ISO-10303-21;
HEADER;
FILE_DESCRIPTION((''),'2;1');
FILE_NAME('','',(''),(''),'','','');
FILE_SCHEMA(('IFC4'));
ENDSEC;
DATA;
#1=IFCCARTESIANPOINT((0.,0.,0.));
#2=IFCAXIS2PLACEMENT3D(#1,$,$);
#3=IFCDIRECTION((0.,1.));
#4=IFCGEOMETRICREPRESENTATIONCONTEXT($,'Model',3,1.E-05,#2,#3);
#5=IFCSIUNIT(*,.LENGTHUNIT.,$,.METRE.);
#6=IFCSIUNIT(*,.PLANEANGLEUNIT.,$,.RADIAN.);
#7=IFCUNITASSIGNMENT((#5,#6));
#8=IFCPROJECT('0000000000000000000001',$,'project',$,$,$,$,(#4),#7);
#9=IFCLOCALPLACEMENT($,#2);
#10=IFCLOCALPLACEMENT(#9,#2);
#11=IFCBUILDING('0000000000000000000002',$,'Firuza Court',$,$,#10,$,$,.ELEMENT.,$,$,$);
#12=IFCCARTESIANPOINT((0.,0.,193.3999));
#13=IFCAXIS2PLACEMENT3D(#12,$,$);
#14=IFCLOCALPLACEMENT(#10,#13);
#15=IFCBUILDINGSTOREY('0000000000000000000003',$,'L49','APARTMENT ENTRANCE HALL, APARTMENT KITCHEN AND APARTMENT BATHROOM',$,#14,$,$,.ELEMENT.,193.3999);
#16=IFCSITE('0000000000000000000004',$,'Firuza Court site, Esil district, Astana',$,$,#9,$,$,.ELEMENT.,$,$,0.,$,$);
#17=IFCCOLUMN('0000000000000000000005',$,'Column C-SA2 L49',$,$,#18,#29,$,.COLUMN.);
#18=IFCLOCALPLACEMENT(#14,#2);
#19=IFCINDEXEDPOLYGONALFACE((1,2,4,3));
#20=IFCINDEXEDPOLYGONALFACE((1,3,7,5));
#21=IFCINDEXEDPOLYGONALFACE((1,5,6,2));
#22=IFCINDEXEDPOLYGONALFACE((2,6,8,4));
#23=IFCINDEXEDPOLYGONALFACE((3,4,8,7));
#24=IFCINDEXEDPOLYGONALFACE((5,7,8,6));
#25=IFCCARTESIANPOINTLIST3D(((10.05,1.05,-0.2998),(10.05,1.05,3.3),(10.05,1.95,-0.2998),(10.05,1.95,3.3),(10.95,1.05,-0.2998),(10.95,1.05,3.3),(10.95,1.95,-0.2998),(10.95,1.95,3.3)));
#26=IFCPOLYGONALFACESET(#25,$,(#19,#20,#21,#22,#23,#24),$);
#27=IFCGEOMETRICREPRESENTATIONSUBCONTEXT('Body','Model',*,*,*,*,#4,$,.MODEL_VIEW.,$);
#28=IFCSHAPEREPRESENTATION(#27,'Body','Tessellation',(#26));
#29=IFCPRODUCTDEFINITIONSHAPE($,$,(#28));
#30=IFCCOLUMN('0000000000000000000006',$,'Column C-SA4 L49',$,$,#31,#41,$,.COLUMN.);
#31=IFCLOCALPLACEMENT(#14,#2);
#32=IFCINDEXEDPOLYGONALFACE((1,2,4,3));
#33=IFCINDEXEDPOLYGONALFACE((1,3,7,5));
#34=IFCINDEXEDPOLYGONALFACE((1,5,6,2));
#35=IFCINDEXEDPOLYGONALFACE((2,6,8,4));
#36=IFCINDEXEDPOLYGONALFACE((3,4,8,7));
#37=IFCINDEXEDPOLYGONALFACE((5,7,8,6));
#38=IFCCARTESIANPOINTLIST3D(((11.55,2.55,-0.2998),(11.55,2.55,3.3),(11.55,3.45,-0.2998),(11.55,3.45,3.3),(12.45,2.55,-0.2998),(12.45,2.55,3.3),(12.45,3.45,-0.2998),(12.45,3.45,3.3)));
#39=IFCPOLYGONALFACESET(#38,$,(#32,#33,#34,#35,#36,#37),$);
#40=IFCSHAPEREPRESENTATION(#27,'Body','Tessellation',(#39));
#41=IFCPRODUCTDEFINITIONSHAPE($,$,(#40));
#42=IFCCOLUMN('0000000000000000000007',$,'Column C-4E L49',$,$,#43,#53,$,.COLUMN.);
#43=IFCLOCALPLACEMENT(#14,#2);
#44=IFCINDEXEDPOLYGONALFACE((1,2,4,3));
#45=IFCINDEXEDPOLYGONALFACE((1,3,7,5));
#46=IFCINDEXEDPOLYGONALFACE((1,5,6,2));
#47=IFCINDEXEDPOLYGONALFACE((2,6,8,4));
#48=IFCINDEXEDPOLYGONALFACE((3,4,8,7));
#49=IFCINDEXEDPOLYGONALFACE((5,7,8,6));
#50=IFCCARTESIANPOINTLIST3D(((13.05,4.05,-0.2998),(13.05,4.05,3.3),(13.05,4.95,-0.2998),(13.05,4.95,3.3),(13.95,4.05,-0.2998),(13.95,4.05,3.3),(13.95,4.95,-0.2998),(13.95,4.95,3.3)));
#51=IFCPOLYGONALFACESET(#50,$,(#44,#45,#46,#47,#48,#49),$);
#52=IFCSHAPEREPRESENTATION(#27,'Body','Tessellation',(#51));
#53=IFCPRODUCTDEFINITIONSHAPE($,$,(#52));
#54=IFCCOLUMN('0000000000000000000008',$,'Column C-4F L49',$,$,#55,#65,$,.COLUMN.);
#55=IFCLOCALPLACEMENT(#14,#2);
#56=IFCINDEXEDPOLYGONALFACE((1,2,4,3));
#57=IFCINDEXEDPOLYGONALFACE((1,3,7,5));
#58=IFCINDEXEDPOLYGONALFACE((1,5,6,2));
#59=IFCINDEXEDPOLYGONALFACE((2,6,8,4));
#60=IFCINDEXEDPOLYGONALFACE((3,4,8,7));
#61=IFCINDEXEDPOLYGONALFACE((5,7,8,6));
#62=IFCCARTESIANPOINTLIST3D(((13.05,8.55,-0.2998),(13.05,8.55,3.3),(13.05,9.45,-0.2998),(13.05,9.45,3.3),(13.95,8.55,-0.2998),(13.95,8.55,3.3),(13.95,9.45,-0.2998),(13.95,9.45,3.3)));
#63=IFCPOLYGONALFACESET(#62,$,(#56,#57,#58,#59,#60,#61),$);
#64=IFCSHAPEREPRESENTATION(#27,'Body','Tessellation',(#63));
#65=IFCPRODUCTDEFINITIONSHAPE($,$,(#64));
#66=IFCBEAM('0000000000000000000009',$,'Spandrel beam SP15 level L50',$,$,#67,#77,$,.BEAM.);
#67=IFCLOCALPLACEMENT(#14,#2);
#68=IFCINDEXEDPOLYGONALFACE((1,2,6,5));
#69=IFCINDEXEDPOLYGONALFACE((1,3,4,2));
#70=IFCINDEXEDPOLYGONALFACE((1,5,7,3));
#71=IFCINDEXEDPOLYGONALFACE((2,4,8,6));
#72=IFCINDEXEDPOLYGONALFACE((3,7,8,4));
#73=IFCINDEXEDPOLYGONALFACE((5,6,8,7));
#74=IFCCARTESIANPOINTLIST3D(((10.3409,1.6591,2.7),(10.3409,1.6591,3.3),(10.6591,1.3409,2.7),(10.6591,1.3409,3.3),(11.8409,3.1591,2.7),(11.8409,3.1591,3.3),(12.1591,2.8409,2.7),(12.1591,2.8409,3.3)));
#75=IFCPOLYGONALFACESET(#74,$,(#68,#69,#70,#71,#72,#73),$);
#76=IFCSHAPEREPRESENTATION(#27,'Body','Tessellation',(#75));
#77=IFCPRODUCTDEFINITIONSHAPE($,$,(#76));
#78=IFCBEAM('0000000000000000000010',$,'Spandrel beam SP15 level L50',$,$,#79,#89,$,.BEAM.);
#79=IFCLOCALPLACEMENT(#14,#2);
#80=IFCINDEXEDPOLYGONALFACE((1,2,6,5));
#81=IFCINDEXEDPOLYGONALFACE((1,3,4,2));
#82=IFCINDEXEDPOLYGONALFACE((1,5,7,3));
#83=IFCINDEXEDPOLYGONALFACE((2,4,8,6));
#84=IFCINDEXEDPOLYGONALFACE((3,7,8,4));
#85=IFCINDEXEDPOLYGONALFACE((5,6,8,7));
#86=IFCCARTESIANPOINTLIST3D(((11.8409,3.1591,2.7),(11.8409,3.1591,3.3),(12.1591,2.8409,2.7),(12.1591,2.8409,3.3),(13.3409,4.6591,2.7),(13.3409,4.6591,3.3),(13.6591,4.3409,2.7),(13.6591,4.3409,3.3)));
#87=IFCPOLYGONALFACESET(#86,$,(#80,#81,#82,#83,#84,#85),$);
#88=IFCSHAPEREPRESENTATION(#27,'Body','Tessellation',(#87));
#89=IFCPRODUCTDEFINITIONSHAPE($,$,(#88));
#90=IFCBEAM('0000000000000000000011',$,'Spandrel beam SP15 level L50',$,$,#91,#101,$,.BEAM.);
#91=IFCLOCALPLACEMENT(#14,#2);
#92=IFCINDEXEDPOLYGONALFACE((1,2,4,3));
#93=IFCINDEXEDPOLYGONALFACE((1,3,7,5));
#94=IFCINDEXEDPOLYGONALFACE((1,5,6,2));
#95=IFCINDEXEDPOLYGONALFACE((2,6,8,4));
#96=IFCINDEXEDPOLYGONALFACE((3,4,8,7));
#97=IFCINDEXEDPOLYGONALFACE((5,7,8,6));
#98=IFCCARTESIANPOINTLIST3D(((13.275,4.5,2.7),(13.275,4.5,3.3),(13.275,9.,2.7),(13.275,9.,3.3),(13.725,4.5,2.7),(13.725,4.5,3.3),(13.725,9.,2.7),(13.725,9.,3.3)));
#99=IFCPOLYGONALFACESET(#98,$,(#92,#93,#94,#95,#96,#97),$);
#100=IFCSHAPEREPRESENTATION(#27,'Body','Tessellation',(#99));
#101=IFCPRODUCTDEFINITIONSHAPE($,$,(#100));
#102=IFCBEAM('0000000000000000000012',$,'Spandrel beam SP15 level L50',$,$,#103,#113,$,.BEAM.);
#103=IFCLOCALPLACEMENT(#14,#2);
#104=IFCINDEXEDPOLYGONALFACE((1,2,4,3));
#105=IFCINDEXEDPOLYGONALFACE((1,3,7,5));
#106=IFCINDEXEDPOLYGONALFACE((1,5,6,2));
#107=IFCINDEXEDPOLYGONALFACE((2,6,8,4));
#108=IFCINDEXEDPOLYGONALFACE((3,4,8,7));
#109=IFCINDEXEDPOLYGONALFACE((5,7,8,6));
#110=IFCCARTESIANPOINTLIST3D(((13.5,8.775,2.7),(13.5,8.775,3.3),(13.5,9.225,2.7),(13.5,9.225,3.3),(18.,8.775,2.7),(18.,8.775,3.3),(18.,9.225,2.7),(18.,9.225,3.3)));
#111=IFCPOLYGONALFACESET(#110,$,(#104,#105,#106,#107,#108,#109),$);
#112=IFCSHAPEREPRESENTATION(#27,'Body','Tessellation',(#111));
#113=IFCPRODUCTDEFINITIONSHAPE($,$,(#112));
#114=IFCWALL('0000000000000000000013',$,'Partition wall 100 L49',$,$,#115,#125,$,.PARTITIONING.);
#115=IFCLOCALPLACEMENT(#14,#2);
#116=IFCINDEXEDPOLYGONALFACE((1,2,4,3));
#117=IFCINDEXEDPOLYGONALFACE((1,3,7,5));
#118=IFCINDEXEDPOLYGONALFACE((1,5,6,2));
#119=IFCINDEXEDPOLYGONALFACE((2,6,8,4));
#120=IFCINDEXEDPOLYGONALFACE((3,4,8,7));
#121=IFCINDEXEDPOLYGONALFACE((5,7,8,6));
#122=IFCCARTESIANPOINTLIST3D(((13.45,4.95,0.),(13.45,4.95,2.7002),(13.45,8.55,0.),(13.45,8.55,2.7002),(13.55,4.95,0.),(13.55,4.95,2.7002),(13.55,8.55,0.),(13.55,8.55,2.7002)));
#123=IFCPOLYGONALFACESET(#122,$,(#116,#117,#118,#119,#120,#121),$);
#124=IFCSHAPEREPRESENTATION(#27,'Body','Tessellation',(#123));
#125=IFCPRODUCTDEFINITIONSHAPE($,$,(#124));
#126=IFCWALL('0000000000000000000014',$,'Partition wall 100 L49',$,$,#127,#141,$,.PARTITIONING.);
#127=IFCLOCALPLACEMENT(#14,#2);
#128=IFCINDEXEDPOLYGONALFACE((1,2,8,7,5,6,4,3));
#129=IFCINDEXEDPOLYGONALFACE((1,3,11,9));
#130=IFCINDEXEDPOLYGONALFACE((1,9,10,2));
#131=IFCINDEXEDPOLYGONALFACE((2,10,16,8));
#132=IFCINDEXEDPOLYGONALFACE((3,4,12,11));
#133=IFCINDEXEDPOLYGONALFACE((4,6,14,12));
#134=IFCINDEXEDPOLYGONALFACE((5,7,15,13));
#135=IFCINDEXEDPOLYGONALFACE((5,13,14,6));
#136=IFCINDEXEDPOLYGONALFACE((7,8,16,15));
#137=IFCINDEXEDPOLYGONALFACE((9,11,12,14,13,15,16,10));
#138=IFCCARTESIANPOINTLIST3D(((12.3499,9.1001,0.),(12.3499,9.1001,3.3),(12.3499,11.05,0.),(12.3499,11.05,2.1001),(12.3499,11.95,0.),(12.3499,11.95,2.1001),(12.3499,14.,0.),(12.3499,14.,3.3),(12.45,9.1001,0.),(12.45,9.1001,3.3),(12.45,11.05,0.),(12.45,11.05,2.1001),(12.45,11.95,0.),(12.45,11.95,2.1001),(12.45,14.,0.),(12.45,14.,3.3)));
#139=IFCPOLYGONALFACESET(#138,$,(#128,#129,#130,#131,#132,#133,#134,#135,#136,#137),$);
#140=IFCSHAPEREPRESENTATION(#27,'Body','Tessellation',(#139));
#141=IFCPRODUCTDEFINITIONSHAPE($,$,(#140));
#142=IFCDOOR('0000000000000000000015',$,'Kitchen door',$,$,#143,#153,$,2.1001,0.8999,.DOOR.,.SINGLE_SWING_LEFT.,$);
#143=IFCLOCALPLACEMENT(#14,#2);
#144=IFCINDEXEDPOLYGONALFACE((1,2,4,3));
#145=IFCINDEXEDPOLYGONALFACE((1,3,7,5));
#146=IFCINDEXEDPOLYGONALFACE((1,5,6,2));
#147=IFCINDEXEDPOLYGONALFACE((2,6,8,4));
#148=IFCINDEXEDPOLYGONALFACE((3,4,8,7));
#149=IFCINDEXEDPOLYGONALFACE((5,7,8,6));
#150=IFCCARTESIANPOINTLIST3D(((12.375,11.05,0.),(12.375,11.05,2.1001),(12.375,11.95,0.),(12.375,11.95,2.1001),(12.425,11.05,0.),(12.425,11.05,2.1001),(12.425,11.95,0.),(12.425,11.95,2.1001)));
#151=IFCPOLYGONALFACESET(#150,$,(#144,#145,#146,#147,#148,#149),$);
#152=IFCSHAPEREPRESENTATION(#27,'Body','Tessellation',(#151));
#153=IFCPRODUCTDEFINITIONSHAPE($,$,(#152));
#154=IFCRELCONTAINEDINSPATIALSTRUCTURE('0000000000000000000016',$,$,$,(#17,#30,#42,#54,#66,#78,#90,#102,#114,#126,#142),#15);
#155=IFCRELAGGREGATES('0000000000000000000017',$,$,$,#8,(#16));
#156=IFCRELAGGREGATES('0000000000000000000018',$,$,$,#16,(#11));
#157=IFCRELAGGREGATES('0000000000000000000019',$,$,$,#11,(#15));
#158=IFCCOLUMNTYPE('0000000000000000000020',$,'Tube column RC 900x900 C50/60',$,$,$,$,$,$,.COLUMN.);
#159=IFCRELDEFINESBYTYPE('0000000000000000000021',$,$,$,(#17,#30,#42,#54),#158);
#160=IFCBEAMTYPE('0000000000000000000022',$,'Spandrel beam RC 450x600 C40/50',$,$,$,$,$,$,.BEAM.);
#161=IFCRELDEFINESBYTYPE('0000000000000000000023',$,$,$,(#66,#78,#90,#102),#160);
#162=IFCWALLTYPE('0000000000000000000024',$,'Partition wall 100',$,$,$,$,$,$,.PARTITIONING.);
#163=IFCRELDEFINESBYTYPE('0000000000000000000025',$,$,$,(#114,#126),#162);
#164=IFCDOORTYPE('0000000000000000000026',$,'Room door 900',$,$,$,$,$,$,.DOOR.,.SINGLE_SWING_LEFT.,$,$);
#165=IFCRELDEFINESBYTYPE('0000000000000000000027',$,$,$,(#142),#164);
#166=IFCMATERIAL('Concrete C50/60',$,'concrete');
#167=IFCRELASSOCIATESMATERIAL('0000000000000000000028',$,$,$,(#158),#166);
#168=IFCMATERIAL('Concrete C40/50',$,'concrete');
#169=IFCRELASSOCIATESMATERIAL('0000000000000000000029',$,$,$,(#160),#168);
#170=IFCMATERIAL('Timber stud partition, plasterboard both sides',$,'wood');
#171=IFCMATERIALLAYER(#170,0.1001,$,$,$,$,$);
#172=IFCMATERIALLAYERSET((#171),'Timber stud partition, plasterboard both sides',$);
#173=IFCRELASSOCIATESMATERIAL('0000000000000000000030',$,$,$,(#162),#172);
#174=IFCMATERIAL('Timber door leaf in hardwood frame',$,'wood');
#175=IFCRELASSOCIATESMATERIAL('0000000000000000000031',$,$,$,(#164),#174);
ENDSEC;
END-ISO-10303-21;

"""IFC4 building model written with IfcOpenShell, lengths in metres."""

from ifc_helpers import new_model, si_unit, direction, frame, frame_2d, origin, origin_2d, place, context, subcontext, project, spatial, rectangle, extrude, material, layer, layer_set, material_profile, profile_set, type_object, element, fill, save


model = new_model("IFC4")

# Units and contexts
model_context = context("Model", 3, precision=1e-05, world=origin(), true_north=direction((0.0, 1.0)))
body_context = subcontext(model_context, "Body", "Model", "MODEL_VIEW")
ifc_project = project(units=[si_unit("LENGTHUNIT", "METRE"), si_unit("PLANEANGLEUNIT", "RADIAN")], contexts=[model_context])

# Site, building, storey
site_placement = place(None, origin())
site = spatial("IfcSite", under=ifc_project, at=site_placement, Name="Firuza Court site, Esil district, Astana", CompositionType="ELEMENT", RefElevation=0.0)
building_placement = place(site_placement, origin())
building = spatial("IfcBuilding", under=site, at=building_placement, Name="Firuza Court", CompositionType="ELEMENT")
storey_placement = place(building_placement, frame((0.0, 0.0, 193.3999)))
storey = spatial("IfcBuildingStorey", under=building, at=storey_placement, Name="L49", Description="APARTMENT ENTRANCE HALL, APARTMENT KITCHEN AND APARTMENT BATHROOM", CompositionType="ELEMENT", Elevation=193.3999)

# Columns
ifc_material_1 = material(Name="Concrete C50/60", Category="concrete")
ifc_material_profile_1 = material_profile(ifc_material_1, rectangle(XDim=0.8999, YDim=0.8999, at=origin_2d()), Name="RC 900x900")
ifc_profile_set_1 = profile_set([ifc_material_profile_1], Name="Concrete C50/60")
column_type = type_object("IfcColumnType", Name="Tube column RC 900x900 C50/60", PredefinedType="COLUMN", material=ifc_profile_set_1)
for number, where, z_axis, x_axis, name in (
    (1, (10.5, 1.5, -0.2998), (0.0, 0.0, 1.0), (1.0, 0.0, 0.0), "Column C-SA2 L49"),
    (2, (12.0, 3.0, -0.2998), (0.0, 0.0, 1.0), (1.0, 0.0, 0.0), "Column C-SA4 L49"),
    (3, (13.5, 4.5, -0.2998), (0.0, 0.0, 1.0), (1.0, 0.0, 0.0), "Column C-4E L49"),
    (4, (13.5, 9.0, -0.2998), (0.0, 0.0, 1.0), (1.0, 0.0, 0.0), "Column C-4F L49"),
):
    element("IfcColumn", number, at=place(storey_placement, frame(where, z_axis=z_axis, x_axis=x_axis)), inside=storey, type_object=column_type, Name=name, PredefinedType="COLUMN", context=body_context, shape_type="SweptSolid", body=[
        extrude(rectangle(XDim=0.8999, YDim=0.8999, at=origin_2d()), origin(), (0.0, 0.0, 1.0), 3.5999),
    ])

# Beams
ifc_material_2 = material(Name="Concrete C40/50", Category="concrete")
ifc_material_profile_2 = material_profile(ifc_material_2, rectangle(XDim=0.45, YDim=0.6001, at=origin_2d()), Name="RC 450x600")
ifc_profile_set_2 = profile_set([ifc_material_profile_2], Name="Concrete C40/50")
beam_type = type_object("IfcBeamType", Name="Spandrel beam RC 450x600 C40/50", PredefinedType="BEAM", material=ifc_profile_set_2)
for number, where, z_axis, x_axis, name in (
    (5, (10.5, 1.5, 3.0), (0.707107, 0.707107, 0.0), (-0.707107, 0.707107, 0.0), "Spandrel beam SP15 level L50"),
    (6, (12.0, 3.0, 3.0), (0.707107, 0.707107, 0.0), (-0.707107, 0.707107, 0.0), "Spandrel beam SP15 level L50"),
):
    element("IfcBeam", number, at=place(storey_placement, frame(where, z_axis=z_axis, x_axis=x_axis)), inside=storey, type_object=beam_type, Name=name, PredefinedType="BEAM", context=body_context, shape_type="SweptSolid", body=[
        extrude(rectangle(XDim=0.45, YDim=0.6001, at=origin_2d()), origin(), (0.0, 0.0, 1.0), 2.1213),
    ])
for number, where, z_axis, x_axis, name in (
    (7, (13.5, 4.5, 3.0), (0.0, 1.0, 0.0), (-1.0, 0.0, 0.0), "Spandrel beam SP15 level L50"),
    (8, (13.5, 9.0, 3.0), (1.0, 0.0, 0.0), (0.0, 1.0, 0.0), "Spandrel beam SP15 level L50"),
):
    element("IfcBeam", number, at=place(storey_placement, frame(where, z_axis=z_axis, x_axis=x_axis)), inside=storey, type_object=beam_type, Name=name, PredefinedType="BEAM", context=body_context, shape_type="SweptSolid", body=[
        extrude(rectangle(XDim=0.45, YDim=0.6001, at=origin_2d()), origin(), (0.0, 0.0, 1.0), 4.5),
    ])

# Wall
ifc_material_3 = material(Name="Timber stud partition, plasterboard both sides", Category="wood")
ifc_layer_1 = layer(ifc_material_3, 0.1001)
ifc_layer_set_1 = layer_set([ifc_layer_1], Name="Timber stud partition, plasterboard both sides")
wall_type_1 = type_object("IfcWallType", Name="Partition wall 100", PredefinedType="PARTITIONING", material=ifc_layer_set_1)
wall_1_placement = place(storey_placement, frame((13.5, 4.95, 0.0), z_axis=(0.0, 0.0, 1.0), x_axis=(0.0, 1.0, 0.0)))
element("IfcWall", 9, at=wall_1_placement, inside=storey, type_object=wall_type_1, Name="Partition wall 100 L49", PredefinedType="PARTITIONING", context=body_context, shape_type="SweptSolid", body=[
    extrude(rectangle(XDim=3.6001, YDim=0.1001, at=frame_2d((1.8, 0.0))), origin(), (0.0, 0.0, 1.0), 2.7002),
])

# Wall, opening, door
wall_2_placement = place(storey_placement, frame((12.3999, 9.1001, 0.0), z_axis=(0.0, 0.0, 1.0), x_axis=(0.0, 1.0, 0.0)))
wall_2 = element("IfcWall", 10, at=wall_2_placement, inside=storey, type_object=wall_type_1, Name="Partition wall 100 L49", PredefinedType="PARTITIONING", context=body_context, shape_type="SweptSolid", body=[
    extrude(rectangle(XDim=4.8999, YDim=0.1001, at=frame_2d((2.45, 0.0))), origin(), (0.0, 0.0, 1.0), 3.3),
])
opening_1_placement = place(wall_2_placement, frame((1.95, 0.0, 0.0)))
opening_1 = element("IfcOpeningElement", 11, at=opening_1_placement, cuts=wall_2, PredefinedType="OPENING", context=body_context, shape_type="SweptSolid", body=[
    extrude(rectangle(XDim=0.8999, YDim=2.1001, at=frame_2d((0.45, 1.05))), frame((0.0, 0.062, 0.0), z_axis=(0.0, -1.0, 0.0), x_axis=(1.0, 0.0, 0.0)), (0.0, 0.0, 1.0), 0.124),
])
ifc_material_4 = material(Name="Timber door leaf in hardwood frame", Category="wood")
door_type_1 = type_object("IfcDoorType", Name="Room door 900", OperationType="SINGLE_SWING_LEFT", PredefinedType="DOOR", material=ifc_material_4)
door_1_placement = place(opening_1_placement, origin())
door_1 = element("IfcDoor", 12, at=door_1_placement, inside=storey, type_object=door_type_1, Name="Kitchen door", OperationType="SINGLE_SWING_LEFT", OverallHeight=2.1001, OverallWidth=0.8999, PredefinedType="DOOR", context=body_context, shape_type="SweptSolid", body=[
    extrude(rectangle(XDim=0.8999, YDim=2.1001, at=frame_2d((0.45, 1.05))), frame((0.0, 0.0249, 0.0), z_axis=(0.0, -1.0, 0.0), x_axis=(1.0, 0.0, 0.0)), (0.0, 0.0, 1.0), 0.05),
])
fill(opening_1, door_1)

save(model, "model.ifc")
